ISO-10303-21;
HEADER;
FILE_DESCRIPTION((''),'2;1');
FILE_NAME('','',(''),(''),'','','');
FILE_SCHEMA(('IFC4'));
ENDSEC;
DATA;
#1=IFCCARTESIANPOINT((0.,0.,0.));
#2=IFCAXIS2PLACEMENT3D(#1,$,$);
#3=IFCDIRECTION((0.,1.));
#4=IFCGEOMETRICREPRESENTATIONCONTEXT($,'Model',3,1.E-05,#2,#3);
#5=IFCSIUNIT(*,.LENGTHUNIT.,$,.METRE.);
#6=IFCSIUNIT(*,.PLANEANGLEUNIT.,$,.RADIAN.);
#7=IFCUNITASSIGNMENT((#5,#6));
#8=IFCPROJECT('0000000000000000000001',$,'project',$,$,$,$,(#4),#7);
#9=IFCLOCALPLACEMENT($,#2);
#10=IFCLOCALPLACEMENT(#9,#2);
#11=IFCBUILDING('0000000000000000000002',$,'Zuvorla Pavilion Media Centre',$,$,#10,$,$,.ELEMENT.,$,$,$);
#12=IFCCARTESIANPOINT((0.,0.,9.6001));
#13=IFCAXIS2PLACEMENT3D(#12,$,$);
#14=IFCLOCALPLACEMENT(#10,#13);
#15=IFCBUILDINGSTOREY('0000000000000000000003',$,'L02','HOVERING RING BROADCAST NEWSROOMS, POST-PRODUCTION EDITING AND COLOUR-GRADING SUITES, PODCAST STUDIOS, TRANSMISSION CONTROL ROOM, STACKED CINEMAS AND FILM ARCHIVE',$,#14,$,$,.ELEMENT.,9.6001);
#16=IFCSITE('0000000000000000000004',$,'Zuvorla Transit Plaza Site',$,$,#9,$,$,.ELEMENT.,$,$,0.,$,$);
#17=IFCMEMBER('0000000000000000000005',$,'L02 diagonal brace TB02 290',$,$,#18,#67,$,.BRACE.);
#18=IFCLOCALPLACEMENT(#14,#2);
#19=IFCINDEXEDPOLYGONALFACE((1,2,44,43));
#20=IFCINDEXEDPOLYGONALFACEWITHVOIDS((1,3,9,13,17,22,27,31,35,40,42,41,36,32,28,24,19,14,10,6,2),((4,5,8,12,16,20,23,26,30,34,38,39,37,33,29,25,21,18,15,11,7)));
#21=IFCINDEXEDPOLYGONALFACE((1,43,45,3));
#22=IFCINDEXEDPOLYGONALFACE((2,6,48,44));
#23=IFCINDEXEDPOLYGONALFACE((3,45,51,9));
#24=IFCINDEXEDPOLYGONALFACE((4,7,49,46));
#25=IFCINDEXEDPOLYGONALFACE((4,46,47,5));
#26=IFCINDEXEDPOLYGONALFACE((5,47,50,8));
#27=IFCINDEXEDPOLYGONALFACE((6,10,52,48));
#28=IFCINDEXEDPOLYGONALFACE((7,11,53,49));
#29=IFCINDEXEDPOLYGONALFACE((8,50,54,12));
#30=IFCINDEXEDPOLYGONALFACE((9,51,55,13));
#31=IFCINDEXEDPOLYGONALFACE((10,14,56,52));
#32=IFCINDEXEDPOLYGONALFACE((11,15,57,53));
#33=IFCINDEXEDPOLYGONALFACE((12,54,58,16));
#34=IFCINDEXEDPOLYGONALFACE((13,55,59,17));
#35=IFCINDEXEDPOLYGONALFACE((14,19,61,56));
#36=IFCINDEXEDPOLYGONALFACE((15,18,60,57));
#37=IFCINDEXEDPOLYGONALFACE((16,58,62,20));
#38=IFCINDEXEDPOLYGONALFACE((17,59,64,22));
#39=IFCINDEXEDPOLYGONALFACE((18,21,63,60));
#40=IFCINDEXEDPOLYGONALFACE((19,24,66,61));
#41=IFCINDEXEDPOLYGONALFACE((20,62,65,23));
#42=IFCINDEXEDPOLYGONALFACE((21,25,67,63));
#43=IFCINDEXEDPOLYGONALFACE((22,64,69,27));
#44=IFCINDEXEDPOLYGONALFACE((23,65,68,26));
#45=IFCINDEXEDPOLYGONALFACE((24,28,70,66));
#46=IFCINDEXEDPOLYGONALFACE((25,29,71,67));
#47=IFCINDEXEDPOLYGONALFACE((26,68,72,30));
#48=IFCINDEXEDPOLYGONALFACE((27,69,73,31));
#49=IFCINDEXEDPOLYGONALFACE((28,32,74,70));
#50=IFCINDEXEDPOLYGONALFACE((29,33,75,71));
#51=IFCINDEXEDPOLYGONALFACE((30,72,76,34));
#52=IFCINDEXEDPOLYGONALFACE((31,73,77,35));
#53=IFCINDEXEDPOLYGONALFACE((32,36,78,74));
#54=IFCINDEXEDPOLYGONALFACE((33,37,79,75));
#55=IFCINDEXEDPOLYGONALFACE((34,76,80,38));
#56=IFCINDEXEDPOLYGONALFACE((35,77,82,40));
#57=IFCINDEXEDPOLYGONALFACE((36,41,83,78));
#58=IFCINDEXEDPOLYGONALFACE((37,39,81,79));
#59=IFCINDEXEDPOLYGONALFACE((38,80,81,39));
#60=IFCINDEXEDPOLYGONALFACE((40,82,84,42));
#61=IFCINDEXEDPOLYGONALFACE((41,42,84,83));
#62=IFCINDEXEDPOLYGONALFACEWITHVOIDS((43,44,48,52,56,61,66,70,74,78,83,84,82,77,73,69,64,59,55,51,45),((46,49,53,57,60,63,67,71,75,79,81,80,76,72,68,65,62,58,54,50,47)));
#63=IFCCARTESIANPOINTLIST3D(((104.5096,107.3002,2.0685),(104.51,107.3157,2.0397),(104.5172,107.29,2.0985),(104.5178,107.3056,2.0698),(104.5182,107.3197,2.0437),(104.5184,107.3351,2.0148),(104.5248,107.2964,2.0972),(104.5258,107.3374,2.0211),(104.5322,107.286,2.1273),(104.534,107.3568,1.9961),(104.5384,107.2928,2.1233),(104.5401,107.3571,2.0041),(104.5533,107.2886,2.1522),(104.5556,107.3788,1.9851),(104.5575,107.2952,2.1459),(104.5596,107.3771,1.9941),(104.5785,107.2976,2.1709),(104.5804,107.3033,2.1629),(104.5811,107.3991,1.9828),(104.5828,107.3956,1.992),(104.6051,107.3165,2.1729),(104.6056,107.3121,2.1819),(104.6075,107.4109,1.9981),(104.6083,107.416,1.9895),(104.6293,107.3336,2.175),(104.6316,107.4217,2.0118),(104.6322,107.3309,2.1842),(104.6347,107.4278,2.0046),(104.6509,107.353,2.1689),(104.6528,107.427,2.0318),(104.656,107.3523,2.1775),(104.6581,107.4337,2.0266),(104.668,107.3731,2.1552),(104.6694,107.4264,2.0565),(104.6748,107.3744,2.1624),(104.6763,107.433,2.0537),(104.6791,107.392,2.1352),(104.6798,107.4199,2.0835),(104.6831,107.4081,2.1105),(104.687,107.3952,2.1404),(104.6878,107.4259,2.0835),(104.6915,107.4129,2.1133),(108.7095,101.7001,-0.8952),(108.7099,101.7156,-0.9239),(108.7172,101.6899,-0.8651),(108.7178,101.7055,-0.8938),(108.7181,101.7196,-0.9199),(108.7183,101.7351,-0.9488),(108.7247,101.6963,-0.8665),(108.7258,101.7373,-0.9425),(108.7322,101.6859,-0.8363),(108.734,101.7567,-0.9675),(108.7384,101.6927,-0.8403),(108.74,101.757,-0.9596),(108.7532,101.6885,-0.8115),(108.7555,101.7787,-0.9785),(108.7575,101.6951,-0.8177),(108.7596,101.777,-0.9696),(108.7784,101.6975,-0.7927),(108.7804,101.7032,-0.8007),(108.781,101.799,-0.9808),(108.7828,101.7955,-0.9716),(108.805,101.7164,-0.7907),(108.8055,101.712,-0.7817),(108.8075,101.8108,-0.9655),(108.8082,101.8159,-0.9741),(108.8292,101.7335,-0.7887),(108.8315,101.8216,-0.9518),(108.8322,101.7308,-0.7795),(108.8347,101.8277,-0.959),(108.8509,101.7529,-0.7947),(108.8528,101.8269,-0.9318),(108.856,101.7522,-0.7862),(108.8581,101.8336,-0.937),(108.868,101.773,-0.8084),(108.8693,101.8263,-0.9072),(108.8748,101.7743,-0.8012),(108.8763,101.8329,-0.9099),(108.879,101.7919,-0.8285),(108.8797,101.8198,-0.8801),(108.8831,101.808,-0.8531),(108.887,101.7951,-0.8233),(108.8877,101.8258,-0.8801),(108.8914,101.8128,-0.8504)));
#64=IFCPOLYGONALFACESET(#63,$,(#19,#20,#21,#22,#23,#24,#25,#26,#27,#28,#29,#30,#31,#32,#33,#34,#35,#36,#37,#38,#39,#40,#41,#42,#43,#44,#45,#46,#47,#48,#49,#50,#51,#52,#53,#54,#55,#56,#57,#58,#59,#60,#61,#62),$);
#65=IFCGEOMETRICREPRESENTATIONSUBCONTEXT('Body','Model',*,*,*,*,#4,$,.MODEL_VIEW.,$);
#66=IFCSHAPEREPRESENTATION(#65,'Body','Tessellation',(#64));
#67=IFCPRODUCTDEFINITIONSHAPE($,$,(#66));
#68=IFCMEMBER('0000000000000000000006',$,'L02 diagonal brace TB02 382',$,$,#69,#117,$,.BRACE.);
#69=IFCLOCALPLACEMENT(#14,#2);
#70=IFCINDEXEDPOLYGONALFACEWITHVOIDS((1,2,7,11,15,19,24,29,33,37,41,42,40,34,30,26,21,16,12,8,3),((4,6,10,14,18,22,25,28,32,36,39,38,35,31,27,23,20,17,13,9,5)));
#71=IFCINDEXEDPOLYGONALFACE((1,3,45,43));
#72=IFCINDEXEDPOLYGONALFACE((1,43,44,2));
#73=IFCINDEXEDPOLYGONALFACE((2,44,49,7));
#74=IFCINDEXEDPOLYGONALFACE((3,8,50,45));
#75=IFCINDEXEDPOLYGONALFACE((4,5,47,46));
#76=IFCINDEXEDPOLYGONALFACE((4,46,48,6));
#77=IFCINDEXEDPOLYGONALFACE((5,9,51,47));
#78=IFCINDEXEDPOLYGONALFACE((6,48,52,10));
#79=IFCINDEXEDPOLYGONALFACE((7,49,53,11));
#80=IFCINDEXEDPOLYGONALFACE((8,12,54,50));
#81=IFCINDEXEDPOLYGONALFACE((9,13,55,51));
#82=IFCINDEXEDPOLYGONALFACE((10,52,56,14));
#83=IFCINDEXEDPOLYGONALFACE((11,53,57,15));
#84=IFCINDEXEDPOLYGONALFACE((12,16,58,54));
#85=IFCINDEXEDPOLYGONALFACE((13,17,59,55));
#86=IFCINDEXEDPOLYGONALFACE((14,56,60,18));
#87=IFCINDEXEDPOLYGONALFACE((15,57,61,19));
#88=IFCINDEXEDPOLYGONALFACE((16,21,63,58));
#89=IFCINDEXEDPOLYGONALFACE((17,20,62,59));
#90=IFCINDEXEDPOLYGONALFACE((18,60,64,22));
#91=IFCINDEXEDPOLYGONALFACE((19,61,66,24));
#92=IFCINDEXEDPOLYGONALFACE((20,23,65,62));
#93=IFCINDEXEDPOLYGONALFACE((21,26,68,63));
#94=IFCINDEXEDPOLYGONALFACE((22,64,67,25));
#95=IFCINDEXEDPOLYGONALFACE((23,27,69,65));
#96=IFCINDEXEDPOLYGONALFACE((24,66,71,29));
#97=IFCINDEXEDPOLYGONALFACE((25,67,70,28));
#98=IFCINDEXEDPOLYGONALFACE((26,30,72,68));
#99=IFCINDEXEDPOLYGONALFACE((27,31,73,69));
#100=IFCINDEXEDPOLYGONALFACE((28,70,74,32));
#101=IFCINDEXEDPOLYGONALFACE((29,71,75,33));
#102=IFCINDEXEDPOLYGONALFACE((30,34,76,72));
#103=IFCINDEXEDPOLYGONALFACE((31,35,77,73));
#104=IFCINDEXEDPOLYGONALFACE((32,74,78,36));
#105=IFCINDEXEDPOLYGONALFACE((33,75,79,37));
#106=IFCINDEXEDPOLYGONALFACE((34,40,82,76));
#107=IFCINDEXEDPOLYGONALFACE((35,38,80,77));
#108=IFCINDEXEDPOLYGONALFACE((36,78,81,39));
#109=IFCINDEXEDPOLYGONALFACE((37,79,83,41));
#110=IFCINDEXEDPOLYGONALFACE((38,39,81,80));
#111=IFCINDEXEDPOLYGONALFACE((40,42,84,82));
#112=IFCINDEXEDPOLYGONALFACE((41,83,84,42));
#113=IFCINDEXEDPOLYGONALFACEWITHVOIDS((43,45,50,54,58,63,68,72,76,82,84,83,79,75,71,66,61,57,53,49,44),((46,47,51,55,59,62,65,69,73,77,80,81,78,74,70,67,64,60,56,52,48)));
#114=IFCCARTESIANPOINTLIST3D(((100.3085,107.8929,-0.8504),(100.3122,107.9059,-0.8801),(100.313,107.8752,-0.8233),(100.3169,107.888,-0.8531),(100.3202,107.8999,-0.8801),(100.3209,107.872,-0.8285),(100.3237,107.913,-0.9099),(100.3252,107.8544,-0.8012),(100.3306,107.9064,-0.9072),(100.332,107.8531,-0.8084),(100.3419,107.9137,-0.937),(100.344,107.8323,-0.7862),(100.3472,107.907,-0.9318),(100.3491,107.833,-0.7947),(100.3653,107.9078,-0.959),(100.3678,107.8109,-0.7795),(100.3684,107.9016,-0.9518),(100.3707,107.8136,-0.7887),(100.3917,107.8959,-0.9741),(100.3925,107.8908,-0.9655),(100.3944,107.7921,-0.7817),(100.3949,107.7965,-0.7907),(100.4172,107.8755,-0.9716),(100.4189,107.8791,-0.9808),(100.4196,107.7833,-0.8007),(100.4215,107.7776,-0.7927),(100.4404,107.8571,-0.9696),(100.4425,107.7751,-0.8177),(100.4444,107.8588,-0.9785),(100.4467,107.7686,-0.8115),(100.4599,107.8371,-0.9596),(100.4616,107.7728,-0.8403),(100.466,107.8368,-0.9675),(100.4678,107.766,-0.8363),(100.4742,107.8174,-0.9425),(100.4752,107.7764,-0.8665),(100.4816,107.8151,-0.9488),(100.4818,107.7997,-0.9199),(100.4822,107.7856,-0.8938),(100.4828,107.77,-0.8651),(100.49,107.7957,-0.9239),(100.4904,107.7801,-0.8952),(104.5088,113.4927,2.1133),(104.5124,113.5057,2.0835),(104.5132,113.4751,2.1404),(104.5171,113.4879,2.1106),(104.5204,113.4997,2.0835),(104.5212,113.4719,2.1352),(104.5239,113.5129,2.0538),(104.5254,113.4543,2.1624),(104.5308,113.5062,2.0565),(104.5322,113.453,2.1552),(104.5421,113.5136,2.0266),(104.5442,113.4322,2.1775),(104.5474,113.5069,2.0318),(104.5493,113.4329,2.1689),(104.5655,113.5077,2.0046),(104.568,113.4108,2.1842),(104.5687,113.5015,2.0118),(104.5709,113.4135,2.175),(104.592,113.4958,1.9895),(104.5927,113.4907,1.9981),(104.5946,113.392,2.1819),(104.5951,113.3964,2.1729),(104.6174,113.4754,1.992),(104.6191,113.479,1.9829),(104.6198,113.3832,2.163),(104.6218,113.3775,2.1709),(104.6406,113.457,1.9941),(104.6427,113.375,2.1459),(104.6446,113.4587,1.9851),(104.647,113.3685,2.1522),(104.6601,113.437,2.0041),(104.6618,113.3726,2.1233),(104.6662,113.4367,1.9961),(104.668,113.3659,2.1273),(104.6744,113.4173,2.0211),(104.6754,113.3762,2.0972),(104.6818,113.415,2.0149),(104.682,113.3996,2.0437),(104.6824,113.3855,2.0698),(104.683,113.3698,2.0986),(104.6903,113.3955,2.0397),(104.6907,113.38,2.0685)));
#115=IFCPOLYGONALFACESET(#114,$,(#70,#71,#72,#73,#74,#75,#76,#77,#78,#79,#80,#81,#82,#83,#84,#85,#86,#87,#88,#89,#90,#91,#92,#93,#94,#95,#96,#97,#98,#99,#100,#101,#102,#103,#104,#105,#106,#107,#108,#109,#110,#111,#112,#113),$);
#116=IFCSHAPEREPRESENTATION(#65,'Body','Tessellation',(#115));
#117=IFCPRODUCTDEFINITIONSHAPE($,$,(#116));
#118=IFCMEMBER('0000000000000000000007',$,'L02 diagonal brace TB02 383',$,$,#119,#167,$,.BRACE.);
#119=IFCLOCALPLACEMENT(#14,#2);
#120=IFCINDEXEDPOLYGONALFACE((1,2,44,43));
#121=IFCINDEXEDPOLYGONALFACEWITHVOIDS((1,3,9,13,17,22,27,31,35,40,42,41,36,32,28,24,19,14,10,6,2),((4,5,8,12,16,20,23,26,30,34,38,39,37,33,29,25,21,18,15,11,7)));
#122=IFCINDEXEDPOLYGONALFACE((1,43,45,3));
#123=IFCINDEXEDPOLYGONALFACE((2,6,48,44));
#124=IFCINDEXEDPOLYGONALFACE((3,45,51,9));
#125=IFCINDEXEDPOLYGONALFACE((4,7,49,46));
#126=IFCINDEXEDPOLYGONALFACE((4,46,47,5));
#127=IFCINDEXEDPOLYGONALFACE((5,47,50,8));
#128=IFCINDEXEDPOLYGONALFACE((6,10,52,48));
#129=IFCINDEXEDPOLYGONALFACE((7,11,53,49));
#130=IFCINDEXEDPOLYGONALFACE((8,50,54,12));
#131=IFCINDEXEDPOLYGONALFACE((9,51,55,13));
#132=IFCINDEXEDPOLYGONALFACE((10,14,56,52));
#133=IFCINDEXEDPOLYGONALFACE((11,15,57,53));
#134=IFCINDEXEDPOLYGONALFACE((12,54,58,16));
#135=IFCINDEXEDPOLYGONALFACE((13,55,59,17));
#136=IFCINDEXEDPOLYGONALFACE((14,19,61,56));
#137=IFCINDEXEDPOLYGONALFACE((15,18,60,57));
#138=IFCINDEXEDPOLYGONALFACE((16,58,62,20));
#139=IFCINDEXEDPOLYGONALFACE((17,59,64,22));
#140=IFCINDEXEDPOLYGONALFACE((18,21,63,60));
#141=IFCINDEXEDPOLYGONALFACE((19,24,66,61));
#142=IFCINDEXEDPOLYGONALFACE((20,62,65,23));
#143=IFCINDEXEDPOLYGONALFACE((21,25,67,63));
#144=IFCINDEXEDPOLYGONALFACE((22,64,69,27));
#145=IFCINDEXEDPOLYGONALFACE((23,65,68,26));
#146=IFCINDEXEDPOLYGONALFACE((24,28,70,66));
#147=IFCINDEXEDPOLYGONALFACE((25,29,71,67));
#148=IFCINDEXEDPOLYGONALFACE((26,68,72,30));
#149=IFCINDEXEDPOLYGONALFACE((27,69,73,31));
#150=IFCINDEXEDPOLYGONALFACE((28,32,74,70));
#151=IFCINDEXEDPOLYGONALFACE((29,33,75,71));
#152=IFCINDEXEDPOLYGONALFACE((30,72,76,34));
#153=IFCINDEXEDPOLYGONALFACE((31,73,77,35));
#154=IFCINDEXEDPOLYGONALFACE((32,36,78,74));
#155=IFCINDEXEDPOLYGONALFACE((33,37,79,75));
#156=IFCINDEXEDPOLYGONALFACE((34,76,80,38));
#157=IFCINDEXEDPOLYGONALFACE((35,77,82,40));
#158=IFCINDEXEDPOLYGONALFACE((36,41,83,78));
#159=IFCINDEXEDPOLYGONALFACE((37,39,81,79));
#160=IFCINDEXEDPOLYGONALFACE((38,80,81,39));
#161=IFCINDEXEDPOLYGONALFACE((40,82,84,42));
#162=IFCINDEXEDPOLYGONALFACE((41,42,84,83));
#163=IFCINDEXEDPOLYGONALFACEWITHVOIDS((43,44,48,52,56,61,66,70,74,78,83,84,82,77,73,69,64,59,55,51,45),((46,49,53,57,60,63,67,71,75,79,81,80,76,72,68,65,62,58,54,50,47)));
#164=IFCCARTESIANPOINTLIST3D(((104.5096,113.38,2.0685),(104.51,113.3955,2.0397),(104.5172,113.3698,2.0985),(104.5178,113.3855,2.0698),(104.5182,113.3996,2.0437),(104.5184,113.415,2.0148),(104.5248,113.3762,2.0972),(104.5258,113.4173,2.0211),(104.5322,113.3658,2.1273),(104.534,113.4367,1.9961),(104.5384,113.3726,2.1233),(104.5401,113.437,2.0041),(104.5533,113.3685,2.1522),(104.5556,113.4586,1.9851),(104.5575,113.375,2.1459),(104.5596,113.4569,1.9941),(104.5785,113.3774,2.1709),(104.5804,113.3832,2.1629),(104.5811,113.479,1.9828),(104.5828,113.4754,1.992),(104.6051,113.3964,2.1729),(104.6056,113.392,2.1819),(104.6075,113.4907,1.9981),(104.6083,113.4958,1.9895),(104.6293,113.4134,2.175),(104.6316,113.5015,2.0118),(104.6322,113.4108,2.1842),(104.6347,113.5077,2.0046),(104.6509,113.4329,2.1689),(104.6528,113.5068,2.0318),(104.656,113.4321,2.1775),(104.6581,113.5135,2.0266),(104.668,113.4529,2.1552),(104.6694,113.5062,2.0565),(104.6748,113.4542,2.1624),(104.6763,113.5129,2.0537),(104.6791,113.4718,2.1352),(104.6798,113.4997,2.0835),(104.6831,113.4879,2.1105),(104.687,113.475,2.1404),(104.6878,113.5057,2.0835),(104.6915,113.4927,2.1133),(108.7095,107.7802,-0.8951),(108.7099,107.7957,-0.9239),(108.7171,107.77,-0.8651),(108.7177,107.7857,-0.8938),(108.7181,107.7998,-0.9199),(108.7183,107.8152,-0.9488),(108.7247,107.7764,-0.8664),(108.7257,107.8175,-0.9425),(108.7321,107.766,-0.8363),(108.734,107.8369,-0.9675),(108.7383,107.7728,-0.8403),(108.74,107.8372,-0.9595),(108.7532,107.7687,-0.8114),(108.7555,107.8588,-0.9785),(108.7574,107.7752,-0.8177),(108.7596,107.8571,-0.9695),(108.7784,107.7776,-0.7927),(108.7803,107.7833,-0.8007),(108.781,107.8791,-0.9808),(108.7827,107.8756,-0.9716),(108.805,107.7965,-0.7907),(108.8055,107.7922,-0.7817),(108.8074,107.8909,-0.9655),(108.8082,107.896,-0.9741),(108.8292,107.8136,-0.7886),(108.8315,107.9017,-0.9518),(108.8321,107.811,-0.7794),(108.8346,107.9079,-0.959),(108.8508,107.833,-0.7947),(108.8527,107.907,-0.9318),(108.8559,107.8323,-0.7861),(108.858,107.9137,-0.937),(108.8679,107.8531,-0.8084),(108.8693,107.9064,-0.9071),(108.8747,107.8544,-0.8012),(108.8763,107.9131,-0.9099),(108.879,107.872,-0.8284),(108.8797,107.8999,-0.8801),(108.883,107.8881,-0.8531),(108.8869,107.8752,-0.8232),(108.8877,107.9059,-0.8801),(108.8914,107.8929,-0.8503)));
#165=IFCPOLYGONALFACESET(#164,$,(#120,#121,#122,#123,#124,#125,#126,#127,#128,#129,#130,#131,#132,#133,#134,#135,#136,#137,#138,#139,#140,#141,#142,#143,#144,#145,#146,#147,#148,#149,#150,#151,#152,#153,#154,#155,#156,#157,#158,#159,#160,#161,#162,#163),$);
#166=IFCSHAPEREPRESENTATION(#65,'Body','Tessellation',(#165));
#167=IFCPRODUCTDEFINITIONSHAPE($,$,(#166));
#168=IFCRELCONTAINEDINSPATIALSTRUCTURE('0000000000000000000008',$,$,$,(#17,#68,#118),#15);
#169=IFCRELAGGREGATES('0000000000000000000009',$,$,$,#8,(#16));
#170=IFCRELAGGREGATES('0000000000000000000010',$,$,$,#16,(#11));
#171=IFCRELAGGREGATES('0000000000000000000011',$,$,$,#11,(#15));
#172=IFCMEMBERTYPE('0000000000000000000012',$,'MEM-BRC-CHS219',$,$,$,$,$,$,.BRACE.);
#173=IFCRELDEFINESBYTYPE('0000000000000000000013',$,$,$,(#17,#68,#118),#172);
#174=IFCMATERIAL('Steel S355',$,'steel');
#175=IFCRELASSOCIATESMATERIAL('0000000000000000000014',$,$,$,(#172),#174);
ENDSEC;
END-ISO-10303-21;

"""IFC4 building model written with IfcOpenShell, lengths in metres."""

from ifc_helpers import new_model, si_unit, direction, frame, origin, origin_2d, place, context, subcontext, project, spatial, hollow_circle, extrude, material, material_profile, profile_set, type_object, element, save


model = new_model("IFC4")

# Units and contexts
model_context = context("Model", 3, precision=1e-05, world=origin(), true_north=direction((0.0, 1.0)))
body_context = subcontext(model_context, "Body", "Model", "MODEL_VIEW")
ifc_project = project(units=[si_unit("LENGTHUNIT", "METRE"), si_unit("PLANEANGLEUNIT", "RADIAN")], contexts=[model_context])

# Site, building, storey
site_placement = place(None, origin())
site = spatial("IfcSite", under=ifc_project, at=site_placement, Name="Zuvorla Transit Plaza Site", CompositionType="ELEMENT", RefElevation=0.0)
building_placement = place(site_placement, origin())
building = spatial("IfcBuilding", under=site, at=building_placement, Name="Zuvorla Pavilion Media Centre", CompositionType="ELEMENT")
storey_placement = place(building_placement, frame((0.0, 0.0, 9.6001)))
storey = spatial("IfcBuildingStorey", under=building, at=storey_placement, Name="L02", Description="HOVERING RING BROADCAST NEWSROOMS, POST-PRODUCTION EDITING AND COLOUR-GRADING SUITES, PODCAST STUDIOS, TRANSMISSION CONTROL ROOM, STACKED CINEMAS AND FILM ARCHIVE", CompositionType="ELEMENT", Elevation=9.6001)

# Members
ifc_material_1 = material(Name="Steel S355", Category="steel")
ifc_material_profile_1 = material_profile(ifc_material_1, hollow_circle(Radius=0.1096, WallThickness=0.01, at=origin_2d()), Name="CHS 219.1x10")
ifc_profile_set_1 = profile_set([ifc_material_profile_1], Name="Steel S355")
member_type_1 = type_object("IfcMemberType", Name="MEM-BRC-CHS219", PredefinedType="BRACE", material=ifc_profile_set_1)
for number, where, z_axis, x_axis, name in (
    (1, (104.6001, 107.3601, 2.0835), (0.552512, -0.736704, -0.38987), (0.800008, 0.599989, 0.0), "L02 diagonal brace TB02 290"),
    (2, (100.3999, 107.8401, -0.8801), (0.552547, 0.736676, 0.389873), (-0.799979, 0.600028, 0.0), "L02 diagonal brace TB02 382"),
):
    element("IfcMember", number, at=place(storey_placement, frame(where, z_axis=z_axis, x_axis=x_axis)), inside=storey, type_object=member_type_1, Name=name, PredefinedType="BRACE", context=body_context, shape_type="SweptSolid", body=[
        extrude(hollow_circle(Radius=0.1096, WallThickness=0.01, at=origin_2d()), origin(), (0.0, 0.0, 1.0), 7.6016),
    ])
member_1_placement = place(storey_placement, frame((104.6001, 113.4399, 2.0835), z_axis=(0.552525, -0.736689, -0.389879), x_axis=(0.799996, 0.600006, 0.0)))
element("IfcMember", 3, at=member_1_placement, inside=storey, type_object=member_type_1, Name="L02 diagonal brace TB02 383", PredefinedType="BRACE", context=body_context, shape_type="SweptSolid", body=[
    extrude(hollow_circle(Radius=0.1096, WallThickness=0.01, at=origin_2d()), origin(), (0.0, 0.0, 1.0), 7.6013),
])

save(model, "model.ifc")
